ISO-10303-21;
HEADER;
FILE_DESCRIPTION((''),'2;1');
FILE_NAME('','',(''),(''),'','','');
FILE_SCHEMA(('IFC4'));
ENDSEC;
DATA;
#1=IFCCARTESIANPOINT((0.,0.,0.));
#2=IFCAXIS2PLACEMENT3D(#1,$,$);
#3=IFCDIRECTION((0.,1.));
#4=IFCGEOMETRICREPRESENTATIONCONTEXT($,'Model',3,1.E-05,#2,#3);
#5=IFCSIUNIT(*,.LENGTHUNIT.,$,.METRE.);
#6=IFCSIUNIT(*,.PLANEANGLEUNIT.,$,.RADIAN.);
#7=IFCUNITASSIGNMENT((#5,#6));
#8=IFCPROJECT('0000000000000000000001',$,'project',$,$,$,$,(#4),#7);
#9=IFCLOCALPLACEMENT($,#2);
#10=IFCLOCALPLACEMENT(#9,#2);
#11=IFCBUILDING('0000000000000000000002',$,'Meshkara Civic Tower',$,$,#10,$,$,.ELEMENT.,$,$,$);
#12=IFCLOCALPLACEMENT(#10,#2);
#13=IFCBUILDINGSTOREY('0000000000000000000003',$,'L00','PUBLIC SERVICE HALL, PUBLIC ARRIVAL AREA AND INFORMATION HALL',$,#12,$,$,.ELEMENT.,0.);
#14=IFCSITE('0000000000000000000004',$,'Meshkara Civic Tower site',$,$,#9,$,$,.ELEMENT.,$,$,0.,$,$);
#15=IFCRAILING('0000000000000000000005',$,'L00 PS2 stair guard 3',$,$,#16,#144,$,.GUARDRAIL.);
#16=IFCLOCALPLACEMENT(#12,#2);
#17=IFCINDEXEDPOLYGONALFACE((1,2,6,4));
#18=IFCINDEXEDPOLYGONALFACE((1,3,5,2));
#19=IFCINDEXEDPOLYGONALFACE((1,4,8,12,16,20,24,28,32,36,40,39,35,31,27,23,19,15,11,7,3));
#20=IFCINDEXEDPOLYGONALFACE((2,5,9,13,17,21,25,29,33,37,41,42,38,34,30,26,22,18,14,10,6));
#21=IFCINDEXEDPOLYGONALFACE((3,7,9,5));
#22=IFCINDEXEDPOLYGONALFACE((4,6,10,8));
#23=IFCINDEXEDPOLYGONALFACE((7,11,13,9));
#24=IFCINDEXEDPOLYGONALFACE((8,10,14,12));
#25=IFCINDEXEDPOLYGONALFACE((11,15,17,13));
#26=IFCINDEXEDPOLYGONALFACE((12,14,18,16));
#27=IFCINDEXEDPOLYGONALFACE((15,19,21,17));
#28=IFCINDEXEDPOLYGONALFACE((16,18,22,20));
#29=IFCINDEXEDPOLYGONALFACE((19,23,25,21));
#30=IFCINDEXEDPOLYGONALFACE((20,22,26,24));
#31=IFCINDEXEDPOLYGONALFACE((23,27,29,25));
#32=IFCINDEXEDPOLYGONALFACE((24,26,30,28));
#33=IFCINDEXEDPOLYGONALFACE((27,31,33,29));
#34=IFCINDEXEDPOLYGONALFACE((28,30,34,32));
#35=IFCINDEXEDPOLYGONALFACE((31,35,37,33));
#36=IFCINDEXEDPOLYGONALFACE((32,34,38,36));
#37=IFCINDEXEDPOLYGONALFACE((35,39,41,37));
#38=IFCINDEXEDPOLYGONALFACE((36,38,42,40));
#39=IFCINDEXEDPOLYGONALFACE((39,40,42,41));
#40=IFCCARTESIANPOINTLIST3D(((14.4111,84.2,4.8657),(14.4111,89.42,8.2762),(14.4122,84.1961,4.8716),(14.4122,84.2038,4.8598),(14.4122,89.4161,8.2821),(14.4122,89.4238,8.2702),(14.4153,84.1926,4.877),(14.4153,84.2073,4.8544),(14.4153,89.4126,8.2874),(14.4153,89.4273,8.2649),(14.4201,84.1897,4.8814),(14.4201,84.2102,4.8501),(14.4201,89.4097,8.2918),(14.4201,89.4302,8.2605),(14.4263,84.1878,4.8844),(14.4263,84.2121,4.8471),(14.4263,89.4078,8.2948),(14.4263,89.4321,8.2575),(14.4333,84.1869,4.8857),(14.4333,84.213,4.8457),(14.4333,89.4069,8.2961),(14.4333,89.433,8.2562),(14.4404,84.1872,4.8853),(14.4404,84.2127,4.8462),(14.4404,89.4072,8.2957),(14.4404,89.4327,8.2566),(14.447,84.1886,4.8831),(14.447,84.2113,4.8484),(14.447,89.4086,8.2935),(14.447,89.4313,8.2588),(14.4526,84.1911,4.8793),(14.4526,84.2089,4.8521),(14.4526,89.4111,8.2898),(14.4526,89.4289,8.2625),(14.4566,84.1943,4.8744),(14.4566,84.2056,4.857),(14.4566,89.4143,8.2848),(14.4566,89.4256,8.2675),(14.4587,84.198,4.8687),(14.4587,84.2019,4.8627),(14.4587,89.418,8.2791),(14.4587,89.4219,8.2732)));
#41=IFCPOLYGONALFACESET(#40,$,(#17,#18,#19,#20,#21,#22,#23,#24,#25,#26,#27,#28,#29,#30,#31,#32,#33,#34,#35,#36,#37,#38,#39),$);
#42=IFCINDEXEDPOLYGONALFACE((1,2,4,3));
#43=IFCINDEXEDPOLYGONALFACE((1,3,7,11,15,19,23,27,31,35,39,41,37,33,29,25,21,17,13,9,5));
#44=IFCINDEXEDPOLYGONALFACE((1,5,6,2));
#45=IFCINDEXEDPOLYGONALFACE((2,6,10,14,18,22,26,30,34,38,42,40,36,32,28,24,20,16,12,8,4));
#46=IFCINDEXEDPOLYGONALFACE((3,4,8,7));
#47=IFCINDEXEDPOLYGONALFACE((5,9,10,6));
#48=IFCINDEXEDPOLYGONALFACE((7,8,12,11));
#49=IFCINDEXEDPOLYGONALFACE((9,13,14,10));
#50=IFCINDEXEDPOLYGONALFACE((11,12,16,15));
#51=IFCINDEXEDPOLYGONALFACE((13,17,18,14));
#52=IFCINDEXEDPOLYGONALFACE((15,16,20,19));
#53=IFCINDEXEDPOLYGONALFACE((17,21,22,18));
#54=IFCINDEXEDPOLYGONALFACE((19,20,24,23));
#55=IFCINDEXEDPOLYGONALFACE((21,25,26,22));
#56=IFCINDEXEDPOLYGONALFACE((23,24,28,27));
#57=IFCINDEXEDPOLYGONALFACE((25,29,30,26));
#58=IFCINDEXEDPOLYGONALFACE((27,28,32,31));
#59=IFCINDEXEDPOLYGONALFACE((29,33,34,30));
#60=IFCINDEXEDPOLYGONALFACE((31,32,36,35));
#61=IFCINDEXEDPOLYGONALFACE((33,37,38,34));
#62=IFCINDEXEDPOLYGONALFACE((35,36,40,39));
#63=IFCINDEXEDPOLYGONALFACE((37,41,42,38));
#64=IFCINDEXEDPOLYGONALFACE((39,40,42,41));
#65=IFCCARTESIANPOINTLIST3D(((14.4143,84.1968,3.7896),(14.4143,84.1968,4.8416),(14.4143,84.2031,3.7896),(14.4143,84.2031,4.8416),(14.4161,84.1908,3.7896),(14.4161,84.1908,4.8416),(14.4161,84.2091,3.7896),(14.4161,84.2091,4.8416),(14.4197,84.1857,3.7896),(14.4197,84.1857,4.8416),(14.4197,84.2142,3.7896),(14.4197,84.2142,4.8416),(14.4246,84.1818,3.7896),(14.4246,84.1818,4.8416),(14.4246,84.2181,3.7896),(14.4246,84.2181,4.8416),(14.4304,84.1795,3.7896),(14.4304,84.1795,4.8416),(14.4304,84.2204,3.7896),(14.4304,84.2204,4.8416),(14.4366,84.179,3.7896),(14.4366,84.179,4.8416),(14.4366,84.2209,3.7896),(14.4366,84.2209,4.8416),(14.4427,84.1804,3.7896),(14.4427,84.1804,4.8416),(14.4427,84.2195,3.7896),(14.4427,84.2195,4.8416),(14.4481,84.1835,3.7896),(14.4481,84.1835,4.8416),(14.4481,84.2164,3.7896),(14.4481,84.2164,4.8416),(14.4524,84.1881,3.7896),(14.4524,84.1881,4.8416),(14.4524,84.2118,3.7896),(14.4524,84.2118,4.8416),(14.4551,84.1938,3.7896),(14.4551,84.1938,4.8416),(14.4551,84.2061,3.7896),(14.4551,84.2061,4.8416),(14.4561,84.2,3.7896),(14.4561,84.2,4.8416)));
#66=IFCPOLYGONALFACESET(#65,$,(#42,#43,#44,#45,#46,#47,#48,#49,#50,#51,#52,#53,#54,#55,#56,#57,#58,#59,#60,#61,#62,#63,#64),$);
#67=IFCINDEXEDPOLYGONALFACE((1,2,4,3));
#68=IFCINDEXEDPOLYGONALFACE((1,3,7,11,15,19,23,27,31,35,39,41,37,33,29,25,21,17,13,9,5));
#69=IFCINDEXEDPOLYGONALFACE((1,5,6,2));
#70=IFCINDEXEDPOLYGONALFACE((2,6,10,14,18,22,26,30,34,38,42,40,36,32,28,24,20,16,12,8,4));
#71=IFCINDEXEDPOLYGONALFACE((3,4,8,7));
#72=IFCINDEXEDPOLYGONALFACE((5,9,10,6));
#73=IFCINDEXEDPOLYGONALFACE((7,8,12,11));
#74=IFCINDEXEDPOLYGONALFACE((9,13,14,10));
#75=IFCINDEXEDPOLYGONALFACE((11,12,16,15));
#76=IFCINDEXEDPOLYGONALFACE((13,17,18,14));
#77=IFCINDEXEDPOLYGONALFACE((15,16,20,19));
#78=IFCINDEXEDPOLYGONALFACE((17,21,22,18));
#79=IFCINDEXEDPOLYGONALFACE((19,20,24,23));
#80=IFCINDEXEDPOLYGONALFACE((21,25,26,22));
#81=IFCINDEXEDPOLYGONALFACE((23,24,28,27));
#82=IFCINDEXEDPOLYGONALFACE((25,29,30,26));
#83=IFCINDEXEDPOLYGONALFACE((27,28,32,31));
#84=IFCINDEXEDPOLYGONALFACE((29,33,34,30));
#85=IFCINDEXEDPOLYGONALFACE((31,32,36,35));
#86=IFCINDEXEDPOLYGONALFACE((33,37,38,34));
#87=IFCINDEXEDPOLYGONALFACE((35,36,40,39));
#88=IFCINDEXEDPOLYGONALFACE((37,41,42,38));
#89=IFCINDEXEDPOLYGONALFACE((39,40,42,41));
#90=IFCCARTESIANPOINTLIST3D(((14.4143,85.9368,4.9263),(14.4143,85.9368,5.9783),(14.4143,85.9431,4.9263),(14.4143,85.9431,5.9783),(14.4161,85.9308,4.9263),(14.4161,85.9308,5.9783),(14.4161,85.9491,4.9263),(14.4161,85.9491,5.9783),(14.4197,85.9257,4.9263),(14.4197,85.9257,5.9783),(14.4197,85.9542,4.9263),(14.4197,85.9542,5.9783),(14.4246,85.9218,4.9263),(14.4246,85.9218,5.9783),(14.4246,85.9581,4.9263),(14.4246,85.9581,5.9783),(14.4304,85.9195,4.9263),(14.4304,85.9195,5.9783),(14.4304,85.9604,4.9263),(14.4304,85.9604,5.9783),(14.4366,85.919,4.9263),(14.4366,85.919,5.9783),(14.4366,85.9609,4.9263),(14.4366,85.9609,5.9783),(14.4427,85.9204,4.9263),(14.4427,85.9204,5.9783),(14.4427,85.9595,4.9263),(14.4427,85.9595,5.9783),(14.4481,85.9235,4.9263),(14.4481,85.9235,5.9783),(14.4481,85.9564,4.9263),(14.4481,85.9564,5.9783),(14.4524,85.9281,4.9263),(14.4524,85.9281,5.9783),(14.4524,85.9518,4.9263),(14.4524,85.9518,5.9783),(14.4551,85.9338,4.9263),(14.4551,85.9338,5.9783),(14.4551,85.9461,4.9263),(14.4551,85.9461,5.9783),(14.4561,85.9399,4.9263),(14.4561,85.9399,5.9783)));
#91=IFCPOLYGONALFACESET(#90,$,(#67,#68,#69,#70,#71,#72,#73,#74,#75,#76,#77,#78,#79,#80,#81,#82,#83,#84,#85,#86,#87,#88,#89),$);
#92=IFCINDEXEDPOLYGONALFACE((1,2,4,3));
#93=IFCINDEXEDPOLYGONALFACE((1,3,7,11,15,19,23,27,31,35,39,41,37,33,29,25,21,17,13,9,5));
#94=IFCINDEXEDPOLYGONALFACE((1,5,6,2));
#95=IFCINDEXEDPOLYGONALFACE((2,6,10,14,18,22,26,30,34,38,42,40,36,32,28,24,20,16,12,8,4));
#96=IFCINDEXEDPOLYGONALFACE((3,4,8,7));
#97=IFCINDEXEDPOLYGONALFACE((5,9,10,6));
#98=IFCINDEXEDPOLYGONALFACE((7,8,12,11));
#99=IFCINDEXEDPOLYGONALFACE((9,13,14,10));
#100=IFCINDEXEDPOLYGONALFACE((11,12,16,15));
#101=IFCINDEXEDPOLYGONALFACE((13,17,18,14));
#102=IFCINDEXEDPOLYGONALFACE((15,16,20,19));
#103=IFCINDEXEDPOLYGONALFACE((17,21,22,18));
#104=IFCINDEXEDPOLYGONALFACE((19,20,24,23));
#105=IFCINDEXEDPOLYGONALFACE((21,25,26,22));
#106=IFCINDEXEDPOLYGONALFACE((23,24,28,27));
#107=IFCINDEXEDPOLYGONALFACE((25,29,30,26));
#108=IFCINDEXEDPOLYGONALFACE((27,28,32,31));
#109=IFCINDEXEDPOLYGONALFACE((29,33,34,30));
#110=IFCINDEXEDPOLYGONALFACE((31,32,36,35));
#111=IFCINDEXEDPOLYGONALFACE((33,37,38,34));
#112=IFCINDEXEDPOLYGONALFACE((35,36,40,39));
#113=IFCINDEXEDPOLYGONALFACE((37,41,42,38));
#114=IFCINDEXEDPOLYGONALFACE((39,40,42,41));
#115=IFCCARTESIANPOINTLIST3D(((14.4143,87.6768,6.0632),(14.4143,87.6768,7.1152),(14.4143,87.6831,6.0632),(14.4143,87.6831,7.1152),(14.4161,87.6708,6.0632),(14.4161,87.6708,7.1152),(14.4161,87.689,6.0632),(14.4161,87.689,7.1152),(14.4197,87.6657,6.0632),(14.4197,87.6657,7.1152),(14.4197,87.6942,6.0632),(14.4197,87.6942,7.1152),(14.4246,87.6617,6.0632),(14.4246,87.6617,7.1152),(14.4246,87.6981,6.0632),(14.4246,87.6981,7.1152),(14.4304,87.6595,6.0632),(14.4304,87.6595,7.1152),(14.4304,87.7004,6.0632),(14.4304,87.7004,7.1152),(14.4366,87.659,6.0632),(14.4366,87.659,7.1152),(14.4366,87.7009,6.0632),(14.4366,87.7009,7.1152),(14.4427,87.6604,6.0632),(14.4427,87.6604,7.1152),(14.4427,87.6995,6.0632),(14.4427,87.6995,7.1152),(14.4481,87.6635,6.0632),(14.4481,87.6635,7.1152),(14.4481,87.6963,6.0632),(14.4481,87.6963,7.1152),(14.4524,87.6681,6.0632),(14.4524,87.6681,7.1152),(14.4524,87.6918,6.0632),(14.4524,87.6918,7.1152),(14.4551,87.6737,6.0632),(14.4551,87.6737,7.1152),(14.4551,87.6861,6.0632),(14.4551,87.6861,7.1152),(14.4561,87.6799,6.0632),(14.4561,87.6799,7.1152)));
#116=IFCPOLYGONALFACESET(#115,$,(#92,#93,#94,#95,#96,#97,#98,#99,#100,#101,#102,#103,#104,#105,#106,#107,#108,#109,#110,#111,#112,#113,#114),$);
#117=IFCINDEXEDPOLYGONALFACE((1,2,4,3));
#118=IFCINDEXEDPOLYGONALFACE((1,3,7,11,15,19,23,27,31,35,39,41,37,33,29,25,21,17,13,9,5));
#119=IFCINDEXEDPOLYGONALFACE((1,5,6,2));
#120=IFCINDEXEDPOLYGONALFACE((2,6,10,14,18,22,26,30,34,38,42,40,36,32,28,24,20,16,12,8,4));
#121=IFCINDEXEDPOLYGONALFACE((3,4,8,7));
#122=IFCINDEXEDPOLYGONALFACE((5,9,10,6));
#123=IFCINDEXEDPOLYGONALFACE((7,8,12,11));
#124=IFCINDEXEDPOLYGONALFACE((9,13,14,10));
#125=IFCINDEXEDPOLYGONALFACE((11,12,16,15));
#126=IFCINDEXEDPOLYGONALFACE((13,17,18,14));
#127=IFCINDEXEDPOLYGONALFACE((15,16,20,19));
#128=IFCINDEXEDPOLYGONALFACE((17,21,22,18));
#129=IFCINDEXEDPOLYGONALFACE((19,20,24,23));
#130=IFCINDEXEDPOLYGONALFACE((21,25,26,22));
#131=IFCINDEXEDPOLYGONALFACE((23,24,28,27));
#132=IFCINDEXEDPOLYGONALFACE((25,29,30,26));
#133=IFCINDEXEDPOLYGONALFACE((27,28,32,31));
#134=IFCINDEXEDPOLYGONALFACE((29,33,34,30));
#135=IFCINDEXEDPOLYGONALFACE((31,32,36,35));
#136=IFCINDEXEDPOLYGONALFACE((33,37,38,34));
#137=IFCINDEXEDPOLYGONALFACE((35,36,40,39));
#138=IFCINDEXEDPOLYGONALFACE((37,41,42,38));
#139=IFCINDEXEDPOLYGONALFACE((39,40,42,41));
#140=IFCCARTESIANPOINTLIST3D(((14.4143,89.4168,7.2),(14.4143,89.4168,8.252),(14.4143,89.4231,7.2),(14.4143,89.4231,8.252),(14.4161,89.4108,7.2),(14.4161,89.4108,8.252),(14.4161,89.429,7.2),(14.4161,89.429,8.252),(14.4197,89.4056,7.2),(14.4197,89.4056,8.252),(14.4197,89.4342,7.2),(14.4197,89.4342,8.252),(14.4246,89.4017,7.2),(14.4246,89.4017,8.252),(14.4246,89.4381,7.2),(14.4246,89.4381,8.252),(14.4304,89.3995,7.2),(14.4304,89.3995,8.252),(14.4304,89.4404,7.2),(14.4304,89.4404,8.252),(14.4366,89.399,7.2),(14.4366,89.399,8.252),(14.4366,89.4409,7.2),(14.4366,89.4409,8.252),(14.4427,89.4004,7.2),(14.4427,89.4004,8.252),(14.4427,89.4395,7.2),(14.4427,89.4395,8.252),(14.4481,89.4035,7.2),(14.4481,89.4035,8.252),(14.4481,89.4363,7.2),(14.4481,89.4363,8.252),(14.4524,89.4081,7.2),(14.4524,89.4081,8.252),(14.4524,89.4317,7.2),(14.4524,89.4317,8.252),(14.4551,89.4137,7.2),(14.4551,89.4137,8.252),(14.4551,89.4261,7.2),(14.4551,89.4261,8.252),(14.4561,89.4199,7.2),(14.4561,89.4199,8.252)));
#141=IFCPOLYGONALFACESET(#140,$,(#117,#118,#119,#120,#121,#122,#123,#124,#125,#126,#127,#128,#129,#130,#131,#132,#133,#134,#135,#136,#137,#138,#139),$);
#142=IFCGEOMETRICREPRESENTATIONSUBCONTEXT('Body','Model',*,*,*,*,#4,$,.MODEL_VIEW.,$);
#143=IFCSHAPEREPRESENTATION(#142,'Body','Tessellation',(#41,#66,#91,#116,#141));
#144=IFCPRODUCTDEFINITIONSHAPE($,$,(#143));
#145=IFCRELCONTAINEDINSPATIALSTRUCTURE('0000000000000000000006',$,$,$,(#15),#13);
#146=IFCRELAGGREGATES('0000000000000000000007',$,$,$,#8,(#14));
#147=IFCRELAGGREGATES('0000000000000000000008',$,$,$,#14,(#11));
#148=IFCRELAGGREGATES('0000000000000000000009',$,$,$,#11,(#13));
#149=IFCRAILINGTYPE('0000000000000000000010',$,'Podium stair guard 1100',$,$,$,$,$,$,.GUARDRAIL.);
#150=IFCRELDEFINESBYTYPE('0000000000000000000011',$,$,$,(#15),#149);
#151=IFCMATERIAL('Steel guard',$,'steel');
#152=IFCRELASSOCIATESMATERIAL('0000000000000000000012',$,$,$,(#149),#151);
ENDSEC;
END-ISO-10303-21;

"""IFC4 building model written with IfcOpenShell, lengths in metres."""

from ifc_helpers import new_model, si_unit, direction, frame, origin, origin_2d, place, context, subcontext, project, spatial, circle, extrude, material, type_object, element, save


model = new_model("IFC4")

# Units and contexts
model_context = context("Model", 3, precision=1e-05, world=origin(), true_north=direction((0.0, 1.0)))
body_context = subcontext(model_context, "Body", "Model", "MODEL_VIEW")
ifc_project = project(units=[si_unit("LENGTHUNIT", "METRE"), si_unit("PLANEANGLEUNIT", "RADIAN")], contexts=[model_context])

# Site, building, storey
site_placement = place(None, origin())
site = spatial("IfcSite", under=ifc_project, at=site_placement, Name="Meshkara Civic Tower site", CompositionType="ELEMENT", RefElevation=0.0)
building_placement = place(site_placement, origin())
building = spatial("IfcBuilding", under=site, at=building_placement, Name="Meshkara Civic Tower", CompositionType="ELEMENT")
storey_placement = place(building_placement, origin())
storey = spatial("IfcBuildingStorey", under=building, at=storey_placement, Name="L00", Description="PUBLIC SERVICE HALL, PUBLIC ARRIVAL AREA AND INFORMATION HALL", CompositionType="ELEMENT", Elevation=0.0)

# Railing
ifc_material_1 = material(Name="Steel guard", Category="steel")
railing_type_1 = type_object("IfcRailingType", Name="Podium stair guard 1100", PredefinedType="GUARDRAIL", material=ifc_material_1)
railing_1_placement = place(storey_placement, frame((14.4351, 84.2, 3.7896)))
element("IfcRailing", 1, at=railing_1_placement, inside=storey, type_object=railing_type_1, Name="L00 PS2 stair guard 3", PredefinedType="GUARDRAIL", context=body_context, shape_type="SweptSolid", body=[
    extrude(circle(Radius=0.0239, at=origin_2d()), frame((0.0, 0.0, 1.0762), z_axis=(0.0, 0.837165, 0.546951), x_axis=(-1.0, 0.0, 0.0)), (0.0, 0.0, 1.0), 6.2354),
    extrude(circle(Radius=0.021, at=origin_2d()), origin(), (0.0, 0.0, 1.0), 1.052),
    extrude(circle(Radius=0.021, at=origin_2d()), frame((0.0, 1.74, 1.1367)), (0.0, 0.0, 1.0), 1.052),
    extrude(circle(Radius=0.021, at=origin_2d()), frame((0.0, 3.48, 2.2737)), (0.0, 0.0, 1.0), 1.052),
    extrude(circle(Radius=0.021, at=origin_2d()), frame((0.0, 5.22, 3.4104)), (0.0, 0.0, 1.0), 1.052),
])

save(model, "model.ifc")
